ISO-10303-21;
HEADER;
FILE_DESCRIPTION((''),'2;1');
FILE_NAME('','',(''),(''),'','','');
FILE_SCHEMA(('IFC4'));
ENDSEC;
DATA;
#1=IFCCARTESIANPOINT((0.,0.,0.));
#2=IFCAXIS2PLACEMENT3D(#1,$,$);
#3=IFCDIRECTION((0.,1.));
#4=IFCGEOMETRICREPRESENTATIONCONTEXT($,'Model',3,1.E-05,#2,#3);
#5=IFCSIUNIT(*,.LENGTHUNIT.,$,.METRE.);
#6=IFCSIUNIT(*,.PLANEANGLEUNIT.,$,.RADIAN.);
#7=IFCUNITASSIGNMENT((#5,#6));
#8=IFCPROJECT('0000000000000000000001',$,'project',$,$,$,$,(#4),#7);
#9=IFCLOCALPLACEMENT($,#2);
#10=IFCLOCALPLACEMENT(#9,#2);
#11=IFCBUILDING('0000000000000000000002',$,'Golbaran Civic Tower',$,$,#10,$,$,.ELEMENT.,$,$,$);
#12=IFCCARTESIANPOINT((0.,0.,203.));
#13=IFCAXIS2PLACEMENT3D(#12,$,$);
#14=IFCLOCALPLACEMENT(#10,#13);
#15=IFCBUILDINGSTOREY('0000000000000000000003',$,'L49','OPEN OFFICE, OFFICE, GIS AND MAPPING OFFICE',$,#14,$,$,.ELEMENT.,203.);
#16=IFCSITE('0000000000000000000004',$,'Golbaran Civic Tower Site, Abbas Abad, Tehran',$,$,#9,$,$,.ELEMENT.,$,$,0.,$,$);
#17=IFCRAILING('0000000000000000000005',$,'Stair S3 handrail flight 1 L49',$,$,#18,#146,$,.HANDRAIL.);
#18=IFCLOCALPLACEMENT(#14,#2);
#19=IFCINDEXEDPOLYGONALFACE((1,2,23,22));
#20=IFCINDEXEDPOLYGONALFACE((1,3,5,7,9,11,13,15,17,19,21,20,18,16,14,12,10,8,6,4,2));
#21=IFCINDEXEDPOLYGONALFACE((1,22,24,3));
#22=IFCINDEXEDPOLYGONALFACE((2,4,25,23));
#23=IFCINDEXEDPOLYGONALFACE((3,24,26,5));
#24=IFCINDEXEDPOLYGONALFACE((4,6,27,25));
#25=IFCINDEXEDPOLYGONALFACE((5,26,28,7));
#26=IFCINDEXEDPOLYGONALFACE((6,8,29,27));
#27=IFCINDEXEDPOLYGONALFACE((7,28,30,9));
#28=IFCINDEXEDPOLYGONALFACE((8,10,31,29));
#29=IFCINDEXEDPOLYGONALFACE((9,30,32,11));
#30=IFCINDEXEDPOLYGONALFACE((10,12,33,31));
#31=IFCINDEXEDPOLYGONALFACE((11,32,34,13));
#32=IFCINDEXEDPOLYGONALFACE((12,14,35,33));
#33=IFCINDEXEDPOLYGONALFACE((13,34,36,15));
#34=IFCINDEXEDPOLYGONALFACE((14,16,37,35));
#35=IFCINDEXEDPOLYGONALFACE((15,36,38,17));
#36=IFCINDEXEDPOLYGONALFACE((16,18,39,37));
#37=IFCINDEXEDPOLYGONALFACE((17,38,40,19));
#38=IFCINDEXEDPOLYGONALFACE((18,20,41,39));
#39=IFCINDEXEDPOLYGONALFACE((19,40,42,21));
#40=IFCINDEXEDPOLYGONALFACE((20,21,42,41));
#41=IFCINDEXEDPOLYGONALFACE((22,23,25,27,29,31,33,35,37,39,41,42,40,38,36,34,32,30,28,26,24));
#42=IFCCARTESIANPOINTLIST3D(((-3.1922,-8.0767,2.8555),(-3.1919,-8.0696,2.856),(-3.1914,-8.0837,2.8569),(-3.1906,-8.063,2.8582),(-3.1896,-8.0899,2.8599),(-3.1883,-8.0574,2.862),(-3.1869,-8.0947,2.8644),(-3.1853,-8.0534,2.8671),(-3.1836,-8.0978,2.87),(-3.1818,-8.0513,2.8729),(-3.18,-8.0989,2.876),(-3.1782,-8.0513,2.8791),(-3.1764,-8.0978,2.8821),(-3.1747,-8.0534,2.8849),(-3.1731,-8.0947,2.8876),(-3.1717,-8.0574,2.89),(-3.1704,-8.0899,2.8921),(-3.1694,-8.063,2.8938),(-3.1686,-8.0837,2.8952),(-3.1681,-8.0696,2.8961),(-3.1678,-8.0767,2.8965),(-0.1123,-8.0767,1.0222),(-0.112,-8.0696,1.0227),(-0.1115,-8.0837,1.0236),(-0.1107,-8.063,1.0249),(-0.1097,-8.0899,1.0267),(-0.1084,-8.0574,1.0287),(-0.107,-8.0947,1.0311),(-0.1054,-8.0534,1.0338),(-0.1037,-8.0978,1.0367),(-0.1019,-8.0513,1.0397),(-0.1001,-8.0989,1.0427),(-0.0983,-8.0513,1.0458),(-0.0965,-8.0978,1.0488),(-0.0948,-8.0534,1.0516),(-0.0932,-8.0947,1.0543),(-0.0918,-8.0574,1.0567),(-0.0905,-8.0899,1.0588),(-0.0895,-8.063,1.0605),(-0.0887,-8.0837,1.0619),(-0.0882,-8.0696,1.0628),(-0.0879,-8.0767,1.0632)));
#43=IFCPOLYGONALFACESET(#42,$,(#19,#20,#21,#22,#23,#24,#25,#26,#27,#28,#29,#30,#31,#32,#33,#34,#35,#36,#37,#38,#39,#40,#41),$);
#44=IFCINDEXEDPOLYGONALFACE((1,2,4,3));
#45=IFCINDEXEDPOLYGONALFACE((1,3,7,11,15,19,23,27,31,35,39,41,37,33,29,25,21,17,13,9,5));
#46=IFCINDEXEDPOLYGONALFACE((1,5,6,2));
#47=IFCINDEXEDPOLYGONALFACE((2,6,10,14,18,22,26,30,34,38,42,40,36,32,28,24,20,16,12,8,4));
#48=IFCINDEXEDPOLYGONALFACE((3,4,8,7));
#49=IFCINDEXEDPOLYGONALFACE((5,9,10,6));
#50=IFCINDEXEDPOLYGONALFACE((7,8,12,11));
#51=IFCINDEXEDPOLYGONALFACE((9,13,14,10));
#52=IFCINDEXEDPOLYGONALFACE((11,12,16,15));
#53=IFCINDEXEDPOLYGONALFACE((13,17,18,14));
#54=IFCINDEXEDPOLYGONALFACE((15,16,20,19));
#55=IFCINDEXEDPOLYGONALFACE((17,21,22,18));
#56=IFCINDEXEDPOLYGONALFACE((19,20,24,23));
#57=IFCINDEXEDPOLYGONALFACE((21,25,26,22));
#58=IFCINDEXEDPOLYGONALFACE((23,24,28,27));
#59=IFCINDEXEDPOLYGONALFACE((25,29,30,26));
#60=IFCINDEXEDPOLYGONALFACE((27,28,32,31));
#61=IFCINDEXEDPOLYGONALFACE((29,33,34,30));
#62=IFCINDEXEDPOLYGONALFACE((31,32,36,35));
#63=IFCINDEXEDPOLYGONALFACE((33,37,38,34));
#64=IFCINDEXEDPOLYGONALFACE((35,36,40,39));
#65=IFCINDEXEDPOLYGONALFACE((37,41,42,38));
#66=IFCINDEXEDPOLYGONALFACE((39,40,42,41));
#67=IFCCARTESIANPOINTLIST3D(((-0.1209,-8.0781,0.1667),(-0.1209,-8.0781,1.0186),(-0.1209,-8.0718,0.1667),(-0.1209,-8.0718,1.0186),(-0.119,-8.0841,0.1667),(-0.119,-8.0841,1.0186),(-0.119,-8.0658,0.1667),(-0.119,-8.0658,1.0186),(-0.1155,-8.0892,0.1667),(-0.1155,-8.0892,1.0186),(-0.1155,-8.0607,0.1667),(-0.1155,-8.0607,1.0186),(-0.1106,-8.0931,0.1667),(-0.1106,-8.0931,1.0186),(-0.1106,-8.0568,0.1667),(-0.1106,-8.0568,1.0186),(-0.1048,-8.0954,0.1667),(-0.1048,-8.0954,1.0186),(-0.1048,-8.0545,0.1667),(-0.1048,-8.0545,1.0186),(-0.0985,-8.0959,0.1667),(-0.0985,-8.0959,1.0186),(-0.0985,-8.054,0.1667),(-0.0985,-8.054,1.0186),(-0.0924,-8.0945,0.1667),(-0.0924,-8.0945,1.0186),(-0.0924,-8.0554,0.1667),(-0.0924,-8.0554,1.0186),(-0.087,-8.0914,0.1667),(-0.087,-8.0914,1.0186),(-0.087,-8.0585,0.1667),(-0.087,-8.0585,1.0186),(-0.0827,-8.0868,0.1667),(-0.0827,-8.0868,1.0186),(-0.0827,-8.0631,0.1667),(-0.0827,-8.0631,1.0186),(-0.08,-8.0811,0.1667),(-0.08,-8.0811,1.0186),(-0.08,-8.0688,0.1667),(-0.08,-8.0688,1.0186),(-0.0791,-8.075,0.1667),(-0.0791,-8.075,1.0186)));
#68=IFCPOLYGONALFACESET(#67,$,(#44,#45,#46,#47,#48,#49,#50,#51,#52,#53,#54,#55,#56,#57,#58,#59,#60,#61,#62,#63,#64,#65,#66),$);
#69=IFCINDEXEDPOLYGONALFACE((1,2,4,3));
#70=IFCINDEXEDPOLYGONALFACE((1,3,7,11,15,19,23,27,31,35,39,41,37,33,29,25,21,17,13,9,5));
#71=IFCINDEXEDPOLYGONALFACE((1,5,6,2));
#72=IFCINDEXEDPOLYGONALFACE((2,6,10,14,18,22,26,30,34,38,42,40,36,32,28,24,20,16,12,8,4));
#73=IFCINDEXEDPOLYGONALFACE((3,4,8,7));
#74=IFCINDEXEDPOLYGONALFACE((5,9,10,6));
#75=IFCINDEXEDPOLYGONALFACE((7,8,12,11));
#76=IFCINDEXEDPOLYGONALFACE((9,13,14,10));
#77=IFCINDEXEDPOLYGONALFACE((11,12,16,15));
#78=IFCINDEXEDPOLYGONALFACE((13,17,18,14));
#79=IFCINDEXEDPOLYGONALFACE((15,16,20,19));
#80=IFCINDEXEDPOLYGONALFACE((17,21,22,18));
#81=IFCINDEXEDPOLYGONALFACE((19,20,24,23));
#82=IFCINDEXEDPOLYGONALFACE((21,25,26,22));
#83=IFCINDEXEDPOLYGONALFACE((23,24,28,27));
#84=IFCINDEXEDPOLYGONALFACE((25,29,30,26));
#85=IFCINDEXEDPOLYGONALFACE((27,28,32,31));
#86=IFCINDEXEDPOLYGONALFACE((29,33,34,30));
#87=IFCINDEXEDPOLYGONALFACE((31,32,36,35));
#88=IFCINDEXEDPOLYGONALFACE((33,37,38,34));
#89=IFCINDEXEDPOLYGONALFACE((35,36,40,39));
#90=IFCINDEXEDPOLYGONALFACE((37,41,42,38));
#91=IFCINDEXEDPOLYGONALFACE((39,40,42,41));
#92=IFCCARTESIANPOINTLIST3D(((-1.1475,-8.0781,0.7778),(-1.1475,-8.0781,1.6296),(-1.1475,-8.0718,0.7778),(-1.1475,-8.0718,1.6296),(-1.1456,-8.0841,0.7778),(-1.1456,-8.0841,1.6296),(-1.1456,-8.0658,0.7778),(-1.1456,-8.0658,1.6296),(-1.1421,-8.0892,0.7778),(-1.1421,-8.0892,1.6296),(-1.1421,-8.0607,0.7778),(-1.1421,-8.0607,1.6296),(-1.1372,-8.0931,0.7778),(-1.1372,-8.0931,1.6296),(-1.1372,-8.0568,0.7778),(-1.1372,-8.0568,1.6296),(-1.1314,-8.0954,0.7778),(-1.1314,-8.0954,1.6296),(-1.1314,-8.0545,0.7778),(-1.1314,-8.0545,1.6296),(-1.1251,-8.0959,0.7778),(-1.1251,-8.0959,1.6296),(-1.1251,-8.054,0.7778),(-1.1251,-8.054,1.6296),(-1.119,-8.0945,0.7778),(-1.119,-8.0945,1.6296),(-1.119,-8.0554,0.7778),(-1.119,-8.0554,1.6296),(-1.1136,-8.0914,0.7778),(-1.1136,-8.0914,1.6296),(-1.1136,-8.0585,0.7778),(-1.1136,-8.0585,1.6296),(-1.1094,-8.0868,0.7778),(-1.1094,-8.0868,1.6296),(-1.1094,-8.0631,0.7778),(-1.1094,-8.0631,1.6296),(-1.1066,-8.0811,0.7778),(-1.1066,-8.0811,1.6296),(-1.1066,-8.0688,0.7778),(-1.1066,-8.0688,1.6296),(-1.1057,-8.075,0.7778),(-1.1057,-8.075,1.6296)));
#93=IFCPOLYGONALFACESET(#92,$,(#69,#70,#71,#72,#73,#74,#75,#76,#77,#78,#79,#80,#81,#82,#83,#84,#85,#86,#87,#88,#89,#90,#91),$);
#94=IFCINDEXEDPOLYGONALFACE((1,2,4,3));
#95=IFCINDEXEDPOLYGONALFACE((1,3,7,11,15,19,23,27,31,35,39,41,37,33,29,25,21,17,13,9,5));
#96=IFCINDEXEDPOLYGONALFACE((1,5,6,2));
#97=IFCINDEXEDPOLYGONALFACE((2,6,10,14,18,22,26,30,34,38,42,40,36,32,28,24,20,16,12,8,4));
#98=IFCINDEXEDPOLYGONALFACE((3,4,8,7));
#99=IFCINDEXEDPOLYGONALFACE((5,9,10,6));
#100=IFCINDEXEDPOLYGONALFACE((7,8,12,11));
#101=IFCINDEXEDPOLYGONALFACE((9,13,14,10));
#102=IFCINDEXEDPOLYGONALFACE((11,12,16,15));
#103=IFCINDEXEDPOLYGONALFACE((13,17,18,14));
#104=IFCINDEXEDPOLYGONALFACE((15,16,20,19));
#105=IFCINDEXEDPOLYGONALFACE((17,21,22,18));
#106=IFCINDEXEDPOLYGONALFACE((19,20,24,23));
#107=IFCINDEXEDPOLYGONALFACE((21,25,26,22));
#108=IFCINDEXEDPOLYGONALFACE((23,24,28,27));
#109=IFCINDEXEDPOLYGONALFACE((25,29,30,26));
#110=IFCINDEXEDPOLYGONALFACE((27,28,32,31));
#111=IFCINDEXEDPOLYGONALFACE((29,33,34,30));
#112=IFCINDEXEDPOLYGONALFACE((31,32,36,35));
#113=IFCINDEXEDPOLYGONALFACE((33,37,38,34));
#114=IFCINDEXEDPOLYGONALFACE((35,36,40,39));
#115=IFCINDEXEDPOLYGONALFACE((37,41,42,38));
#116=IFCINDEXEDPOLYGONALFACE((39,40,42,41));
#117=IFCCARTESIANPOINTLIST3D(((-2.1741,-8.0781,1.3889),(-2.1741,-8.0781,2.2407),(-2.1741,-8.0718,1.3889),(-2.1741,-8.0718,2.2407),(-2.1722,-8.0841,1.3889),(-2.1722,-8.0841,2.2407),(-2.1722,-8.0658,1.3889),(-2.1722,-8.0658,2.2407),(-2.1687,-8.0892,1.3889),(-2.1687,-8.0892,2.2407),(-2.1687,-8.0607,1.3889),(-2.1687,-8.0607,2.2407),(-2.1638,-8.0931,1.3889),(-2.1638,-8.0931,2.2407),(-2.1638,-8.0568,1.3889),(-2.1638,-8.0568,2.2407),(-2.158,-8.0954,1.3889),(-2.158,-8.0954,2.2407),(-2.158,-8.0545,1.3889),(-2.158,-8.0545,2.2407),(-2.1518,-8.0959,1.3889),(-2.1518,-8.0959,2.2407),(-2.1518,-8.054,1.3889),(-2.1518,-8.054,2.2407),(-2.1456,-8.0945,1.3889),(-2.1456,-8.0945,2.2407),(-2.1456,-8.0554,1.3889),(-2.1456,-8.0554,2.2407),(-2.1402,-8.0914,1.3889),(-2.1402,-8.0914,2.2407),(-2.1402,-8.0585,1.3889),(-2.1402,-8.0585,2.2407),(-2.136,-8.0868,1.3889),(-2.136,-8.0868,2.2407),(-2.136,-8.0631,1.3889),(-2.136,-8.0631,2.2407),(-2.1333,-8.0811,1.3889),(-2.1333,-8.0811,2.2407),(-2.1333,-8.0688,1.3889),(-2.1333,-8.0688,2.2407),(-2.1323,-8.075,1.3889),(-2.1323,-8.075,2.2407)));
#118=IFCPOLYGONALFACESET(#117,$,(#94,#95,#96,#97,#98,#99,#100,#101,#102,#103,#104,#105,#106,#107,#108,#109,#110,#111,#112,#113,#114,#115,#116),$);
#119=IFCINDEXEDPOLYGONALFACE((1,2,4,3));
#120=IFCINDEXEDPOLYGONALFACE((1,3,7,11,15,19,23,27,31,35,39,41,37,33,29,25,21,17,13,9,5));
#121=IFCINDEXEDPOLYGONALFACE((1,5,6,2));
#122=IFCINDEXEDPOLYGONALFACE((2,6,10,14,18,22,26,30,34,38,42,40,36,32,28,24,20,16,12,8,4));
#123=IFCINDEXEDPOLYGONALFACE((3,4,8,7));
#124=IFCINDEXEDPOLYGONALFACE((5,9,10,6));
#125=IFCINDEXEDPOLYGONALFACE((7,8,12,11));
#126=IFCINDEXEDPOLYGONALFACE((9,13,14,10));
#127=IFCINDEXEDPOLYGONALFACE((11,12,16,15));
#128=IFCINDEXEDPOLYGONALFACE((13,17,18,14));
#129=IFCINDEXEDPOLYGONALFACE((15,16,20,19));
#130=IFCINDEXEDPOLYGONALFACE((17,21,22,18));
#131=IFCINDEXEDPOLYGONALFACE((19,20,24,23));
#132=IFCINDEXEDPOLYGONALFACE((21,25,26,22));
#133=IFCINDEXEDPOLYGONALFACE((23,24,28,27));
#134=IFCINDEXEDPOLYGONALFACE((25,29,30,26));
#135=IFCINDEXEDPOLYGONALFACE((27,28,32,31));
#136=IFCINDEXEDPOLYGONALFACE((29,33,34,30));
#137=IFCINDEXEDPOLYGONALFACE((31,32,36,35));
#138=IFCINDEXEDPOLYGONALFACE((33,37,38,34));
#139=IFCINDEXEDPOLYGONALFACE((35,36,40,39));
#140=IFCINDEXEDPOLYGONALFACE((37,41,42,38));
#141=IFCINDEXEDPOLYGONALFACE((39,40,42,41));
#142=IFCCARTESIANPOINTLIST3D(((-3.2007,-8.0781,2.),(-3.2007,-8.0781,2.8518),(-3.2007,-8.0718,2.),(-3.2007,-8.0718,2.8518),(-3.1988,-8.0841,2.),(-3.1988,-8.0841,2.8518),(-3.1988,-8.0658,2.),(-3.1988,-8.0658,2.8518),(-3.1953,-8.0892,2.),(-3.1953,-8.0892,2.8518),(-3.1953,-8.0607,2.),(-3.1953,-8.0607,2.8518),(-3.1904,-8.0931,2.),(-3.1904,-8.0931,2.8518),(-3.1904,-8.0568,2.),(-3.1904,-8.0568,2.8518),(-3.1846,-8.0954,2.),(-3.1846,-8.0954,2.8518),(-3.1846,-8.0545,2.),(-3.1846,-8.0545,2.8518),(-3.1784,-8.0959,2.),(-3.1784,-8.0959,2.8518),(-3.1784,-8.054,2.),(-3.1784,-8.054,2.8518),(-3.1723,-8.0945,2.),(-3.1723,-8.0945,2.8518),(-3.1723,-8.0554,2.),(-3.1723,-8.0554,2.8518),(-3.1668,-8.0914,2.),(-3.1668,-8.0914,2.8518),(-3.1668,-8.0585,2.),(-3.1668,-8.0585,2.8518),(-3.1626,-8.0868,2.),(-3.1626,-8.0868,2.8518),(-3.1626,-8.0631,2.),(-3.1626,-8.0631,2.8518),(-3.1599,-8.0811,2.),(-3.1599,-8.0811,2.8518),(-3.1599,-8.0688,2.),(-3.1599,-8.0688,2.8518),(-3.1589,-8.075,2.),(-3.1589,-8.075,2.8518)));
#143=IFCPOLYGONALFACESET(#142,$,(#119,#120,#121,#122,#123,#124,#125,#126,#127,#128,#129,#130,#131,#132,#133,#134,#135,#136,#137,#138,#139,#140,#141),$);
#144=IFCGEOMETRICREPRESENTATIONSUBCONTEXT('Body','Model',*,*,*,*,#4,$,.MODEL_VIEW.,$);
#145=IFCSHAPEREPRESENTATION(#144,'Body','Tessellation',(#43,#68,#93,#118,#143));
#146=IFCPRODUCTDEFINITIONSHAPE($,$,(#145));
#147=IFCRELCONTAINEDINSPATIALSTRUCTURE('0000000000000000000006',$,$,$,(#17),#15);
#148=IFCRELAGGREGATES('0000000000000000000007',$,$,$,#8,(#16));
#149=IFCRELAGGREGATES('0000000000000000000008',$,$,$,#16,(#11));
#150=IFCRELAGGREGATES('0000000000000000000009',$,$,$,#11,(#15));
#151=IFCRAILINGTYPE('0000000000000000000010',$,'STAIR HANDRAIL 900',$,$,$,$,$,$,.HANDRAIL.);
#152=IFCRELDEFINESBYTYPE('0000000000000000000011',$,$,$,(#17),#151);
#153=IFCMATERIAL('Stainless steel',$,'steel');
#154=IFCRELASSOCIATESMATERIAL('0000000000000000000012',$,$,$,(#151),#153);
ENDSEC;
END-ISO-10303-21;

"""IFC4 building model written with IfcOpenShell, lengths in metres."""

from ifc_helpers import new_model, si_unit, direction, frame, origin, origin_2d, place, context, subcontext, project, spatial, circle, extrude, material, type_object, element, save


model = new_model("IFC4")

# Units and contexts
model_context = context("Model", 3, precision=1e-05, world=origin(), true_north=direction((0.0, 1.0)))
body_context = subcontext(model_context, "Body", "Model", "MODEL_VIEW")
ifc_project = project(units=[si_unit("LENGTHUNIT", "METRE"), si_unit("PLANEANGLEUNIT", "RADIAN")], contexts=[model_context])

# Site, building, storey
site_placement = place(None, origin())
site = spatial("IfcSite", under=ifc_project, at=site_placement, Name="Golbaran Civic Tower Site, Abbas Abad, Tehran", CompositionType="ELEMENT", RefElevation=0.0)
building_placement = place(site_placement, origin())
building = spatial("IfcBuilding", under=site, at=building_placement, Name="Golbaran Civic Tower", CompositionType="ELEMENT")
storey_placement = place(building_placement, frame((0.0, 0.0, 203.0)))
storey = spatial("IfcBuildingStorey", under=building, at=storey_placement, Name="L49", Description="OPEN OFFICE, OFFICE, GIS AND MAPPING OFFICE", CompositionType="ELEMENT", Elevation=203.0)

# Railing
ifc_material_1 = material(Name="Stainless steel", Category="steel")
railing_type = type_object("IfcRailingType", Name="STAIR HANDRAIL 900", PredefinedType="HANDRAIL", material=ifc_material_1)
railing_placement = place(storey_placement, frame((-0.1001, -8.075, 0.1667)))
element("IfcRailing", 1, at=railing_placement, inside=storey, type_object=railing_type, Name="Stair S3 handrail flight 1 L49", PredefinedType="HANDRAIL", context=body_context, shape_type="SweptSolid", body=[
    extrude(circle(Radius=0.0239, at=origin_2d()), frame((0.0, 0.0, 0.876), z_axis=(-0.859291, 0.0, 0.511487), x_axis=(0.0, -1.0, 0.0)), (0.0, 0.0, 1.0), 3.5842),
    extrude(circle(Radius=0.021, at=origin_2d()), origin(), (0.0, 0.0, 1.0), 0.8518),
    extrude(circle(Radius=0.021, at=origin_2d()), frame((-1.0266, 0.0, 0.6111)), (0.0, 0.0, 1.0), 0.8518),
    extrude(circle(Radius=0.021, at=origin_2d()), frame((-2.0532, 0.0, 1.2222)), (0.0, 0.0, 1.0), 0.8518),
    extrude(circle(Radius=0.021, at=origin_2d()), frame((-3.0798, 0.0, 1.8333)), (0.0, 0.0, 1.0), 0.8518),
])

save(model, "model.ifc")
